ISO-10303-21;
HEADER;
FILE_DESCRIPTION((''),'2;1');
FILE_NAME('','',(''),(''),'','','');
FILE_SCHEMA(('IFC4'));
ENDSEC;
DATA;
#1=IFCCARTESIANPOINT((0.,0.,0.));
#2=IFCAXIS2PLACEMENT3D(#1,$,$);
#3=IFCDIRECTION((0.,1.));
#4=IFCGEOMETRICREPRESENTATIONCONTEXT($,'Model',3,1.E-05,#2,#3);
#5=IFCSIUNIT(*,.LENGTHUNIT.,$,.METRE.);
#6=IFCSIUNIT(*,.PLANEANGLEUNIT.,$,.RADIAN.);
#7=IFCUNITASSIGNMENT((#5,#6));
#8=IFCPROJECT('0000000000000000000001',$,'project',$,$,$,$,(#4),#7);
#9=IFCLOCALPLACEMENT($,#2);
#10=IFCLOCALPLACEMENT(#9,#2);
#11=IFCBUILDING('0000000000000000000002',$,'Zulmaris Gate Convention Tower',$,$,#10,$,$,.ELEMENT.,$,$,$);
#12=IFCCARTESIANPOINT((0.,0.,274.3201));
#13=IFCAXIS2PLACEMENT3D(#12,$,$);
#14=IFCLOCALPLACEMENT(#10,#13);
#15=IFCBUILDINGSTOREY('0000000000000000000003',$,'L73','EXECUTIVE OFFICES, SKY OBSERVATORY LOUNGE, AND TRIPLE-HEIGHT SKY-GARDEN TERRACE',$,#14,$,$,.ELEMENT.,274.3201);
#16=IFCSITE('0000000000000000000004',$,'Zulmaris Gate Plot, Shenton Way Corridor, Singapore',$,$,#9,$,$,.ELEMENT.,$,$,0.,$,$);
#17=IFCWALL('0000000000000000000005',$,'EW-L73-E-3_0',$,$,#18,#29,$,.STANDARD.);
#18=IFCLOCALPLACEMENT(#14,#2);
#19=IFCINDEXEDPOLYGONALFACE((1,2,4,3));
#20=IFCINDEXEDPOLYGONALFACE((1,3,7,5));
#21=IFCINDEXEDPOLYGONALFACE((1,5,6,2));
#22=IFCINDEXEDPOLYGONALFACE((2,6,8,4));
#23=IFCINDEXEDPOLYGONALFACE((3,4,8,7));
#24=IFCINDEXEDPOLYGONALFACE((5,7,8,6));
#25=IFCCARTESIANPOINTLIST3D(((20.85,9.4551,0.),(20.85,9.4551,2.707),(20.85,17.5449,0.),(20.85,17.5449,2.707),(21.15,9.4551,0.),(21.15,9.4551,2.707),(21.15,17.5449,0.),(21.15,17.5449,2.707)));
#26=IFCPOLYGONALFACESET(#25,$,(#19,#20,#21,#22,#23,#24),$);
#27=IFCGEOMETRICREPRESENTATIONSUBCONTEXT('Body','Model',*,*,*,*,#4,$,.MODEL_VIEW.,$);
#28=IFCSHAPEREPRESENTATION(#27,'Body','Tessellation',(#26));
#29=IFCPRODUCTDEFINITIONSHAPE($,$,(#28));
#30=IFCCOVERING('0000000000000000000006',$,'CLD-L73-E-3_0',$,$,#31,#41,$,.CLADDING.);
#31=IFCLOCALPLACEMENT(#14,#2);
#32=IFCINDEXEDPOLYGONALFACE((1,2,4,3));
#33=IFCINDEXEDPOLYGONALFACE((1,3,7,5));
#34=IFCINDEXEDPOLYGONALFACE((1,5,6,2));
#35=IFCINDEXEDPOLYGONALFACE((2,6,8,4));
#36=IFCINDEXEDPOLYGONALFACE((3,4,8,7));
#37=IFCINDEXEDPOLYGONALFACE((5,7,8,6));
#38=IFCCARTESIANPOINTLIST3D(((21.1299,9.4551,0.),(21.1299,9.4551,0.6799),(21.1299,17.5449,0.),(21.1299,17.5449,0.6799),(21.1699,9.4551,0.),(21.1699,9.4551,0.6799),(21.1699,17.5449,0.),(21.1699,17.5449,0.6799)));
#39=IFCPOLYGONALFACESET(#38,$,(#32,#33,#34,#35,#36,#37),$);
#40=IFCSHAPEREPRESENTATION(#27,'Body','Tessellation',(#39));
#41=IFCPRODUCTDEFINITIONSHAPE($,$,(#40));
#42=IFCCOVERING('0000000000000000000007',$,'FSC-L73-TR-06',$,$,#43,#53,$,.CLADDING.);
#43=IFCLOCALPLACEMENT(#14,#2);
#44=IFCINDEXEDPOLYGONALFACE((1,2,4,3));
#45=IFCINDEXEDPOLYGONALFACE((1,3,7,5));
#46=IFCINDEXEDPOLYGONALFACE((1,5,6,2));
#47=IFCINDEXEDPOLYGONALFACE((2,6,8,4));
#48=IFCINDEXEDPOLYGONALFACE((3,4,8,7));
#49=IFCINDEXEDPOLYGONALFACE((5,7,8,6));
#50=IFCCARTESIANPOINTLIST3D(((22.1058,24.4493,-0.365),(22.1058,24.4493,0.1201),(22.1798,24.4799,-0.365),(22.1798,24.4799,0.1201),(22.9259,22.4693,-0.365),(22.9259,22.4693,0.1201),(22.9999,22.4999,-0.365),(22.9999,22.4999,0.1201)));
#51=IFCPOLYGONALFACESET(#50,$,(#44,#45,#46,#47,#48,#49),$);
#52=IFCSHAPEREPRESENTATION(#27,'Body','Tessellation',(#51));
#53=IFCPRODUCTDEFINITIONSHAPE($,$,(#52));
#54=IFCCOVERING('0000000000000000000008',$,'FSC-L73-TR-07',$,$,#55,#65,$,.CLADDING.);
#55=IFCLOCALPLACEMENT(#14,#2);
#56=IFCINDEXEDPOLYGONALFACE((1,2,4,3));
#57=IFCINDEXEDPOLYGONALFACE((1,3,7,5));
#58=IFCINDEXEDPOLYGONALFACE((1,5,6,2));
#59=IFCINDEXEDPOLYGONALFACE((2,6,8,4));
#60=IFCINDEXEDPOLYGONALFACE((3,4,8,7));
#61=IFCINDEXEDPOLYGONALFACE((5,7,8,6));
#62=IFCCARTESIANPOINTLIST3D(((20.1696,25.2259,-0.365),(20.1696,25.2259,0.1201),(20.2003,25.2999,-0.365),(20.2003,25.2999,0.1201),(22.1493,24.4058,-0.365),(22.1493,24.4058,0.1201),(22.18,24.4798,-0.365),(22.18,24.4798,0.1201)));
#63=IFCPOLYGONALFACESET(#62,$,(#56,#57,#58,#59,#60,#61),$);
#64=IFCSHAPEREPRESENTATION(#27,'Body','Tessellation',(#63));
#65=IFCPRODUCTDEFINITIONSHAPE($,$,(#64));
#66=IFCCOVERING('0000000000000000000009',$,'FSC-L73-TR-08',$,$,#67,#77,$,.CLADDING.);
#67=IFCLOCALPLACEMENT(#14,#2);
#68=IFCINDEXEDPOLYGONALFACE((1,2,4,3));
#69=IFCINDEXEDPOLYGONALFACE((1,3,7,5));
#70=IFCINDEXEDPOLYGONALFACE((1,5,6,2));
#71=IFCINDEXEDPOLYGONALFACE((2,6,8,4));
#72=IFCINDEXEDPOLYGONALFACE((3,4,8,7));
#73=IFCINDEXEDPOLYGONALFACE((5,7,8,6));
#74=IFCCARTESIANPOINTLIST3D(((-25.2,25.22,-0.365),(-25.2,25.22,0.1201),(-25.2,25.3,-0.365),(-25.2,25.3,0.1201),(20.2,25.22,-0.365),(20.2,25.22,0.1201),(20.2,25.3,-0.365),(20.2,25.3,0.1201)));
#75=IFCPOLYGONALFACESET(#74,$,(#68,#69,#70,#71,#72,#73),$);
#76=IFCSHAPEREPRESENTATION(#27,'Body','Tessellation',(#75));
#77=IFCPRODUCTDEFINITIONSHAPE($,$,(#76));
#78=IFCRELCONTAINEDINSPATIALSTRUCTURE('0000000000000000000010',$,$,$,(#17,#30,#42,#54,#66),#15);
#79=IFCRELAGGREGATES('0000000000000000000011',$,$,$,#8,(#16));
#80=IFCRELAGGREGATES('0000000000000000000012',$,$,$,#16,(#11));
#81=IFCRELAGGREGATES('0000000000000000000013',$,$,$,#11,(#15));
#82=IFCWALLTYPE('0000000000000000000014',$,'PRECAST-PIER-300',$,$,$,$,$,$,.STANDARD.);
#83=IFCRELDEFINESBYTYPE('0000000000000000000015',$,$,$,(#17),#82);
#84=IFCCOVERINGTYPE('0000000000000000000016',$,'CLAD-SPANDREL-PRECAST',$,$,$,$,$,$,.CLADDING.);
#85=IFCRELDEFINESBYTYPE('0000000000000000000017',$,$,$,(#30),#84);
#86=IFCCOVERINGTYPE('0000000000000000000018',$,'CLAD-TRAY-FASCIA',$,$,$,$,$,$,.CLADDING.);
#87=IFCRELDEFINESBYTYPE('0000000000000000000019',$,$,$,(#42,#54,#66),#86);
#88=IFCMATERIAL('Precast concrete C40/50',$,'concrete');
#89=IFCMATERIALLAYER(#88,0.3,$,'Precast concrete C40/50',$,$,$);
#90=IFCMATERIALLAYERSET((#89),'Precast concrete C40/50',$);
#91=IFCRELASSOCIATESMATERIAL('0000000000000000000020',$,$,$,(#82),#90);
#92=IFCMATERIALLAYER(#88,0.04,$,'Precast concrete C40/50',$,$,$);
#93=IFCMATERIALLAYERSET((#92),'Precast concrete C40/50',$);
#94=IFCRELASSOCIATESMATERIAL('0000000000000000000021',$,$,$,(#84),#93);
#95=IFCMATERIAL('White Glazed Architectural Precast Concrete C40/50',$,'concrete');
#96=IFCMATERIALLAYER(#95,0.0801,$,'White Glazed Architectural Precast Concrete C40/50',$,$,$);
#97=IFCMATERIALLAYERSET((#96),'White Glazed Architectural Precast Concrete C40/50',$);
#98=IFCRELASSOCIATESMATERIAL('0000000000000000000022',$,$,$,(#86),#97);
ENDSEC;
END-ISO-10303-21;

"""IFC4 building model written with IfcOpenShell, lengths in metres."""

from ifc_helpers import new_model, si_unit, direction, frame, frame_2d, origin, place, context, subcontext, project, spatial, rectangle, extrude, material, layer, layer_set, type_object, element, save


model = new_model("IFC4")

# Units and contexts
model_context = context("Model", 3, precision=1e-05, world=origin(), true_north=direction((0.0, 1.0)))
body_context = subcontext(model_context, "Body", "Model", "MODEL_VIEW")
ifc_project = project(units=[si_unit("LENGTHUNIT", "METRE"), si_unit("PLANEANGLEUNIT", "RADIAN")], contexts=[model_context])

# Site, building, storey
site_placement = place(None, origin())
site = spatial("IfcSite", under=ifc_project, at=site_placement, Name="Zulmaris Gate Plot, Shenton Way Corridor, Singapore", CompositionType="ELEMENT", RefElevation=0.0)
building_placement = place(site_placement, origin())
building = spatial("IfcBuilding", under=site, at=building_placement, Name="Zulmaris Gate Convention Tower", CompositionType="ELEMENT")
storey_placement = place(building_placement, frame((0.0, 0.0, 274.3201)))
storey = spatial("IfcBuildingStorey", under=building, at=storey_placement, Name="L73", Description="EXECUTIVE OFFICES, SKY OBSERVATORY LOUNGE, AND TRIPLE-HEIGHT SKY-GARDEN TERRACE", CompositionType="ELEMENT", Elevation=274.3201)

# Shared definitions
ifc_material_1 = material(Name="Precast concrete C40/50", Category="concrete")
ifc_layer_1 = layer(ifc_material_1, 0.3, Name="Precast concrete C40/50")
ifc_layer_set_1 = layer_set([ifc_layer_1], Name="Precast concrete C40/50")
wall_type_1 = type_object("IfcWallType", Name="PRECAST-PIER-300", PredefinedType="STANDARD", material=ifc_layer_set_1)

# Wall
wall_1_placement = place(storey_placement, frame((21.0, 9.4551, 0.0), z_axis=(0.0, 0.0, 1.0), x_axis=(0.0, 1.0, 0.0)))
element("IfcWall", 1, at=wall_1_placement, inside=storey, type_object=wall_type_1, Name="EW-L73-E-3_0", PredefinedType="STANDARD", context=body_context, shape_type="SweptSolid", body=[
    extrude(rectangle(XDim=8.0898, YDim=0.3, at=frame_2d((4.0449, 0.0))), origin(), (0.0, 0.0, 1.0), 2.707),
])

# Coverings
ifc_layer_2 = layer(ifc_material_1, 0.04, Name="Precast concrete C40/50")
ifc_layer_set_2 = layer_set([ifc_layer_2], Name="Precast concrete C40/50")
covering_type_1 = type_object("IfcCoveringType", Name="CLAD-SPANDREL-PRECAST", PredefinedType="CLADDING", material=ifc_layer_set_2)
covering_1_placement = place(storey_placement, frame((21.1499, 9.4551, 0.0), z_axis=(0.0, 0.0, 1.0), x_axis=(0.0, 1.0, 0.0)))
element("IfcCovering", 2, at=covering_1_placement, inside=storey, type_object=covering_type_1, Name="CLD-L73-E-3_0", PredefinedType="CLADDING", context=body_context, shape_type="SweptSolid", body=[
    extrude(rectangle(XDim=8.0898, YDim=0.04, at=frame_2d((4.0449, 0.0))), origin(), (0.0, 0.0, 1.0), 0.6799),
])
ifc_material_2 = material(Name="White Glazed Architectural Precast Concrete C40/50", Category="concrete")
ifc_layer_3 = layer(ifc_material_2, 0.0801, Name="White Glazed Architectural Precast Concrete C40/50")
ifc_layer_set_3 = layer_set([ifc_layer_3], Name="White Glazed Architectural Precast Concrete C40/50")
covering_type_2 = type_object("IfcCoveringType", Name="CLAD-TRAY-FASCIA", PredefinedType="CLADDING", material=ifc_layer_set_3)
covering_2_placement = place(storey_placement, frame((22.9629, 22.4846, -0.365), z_axis=(0.0, 0.0, 1.0), x_axis=(-0.382657, 0.92389, 0.0)))
element("IfcCovering", 3, at=covering_2_placement, inside=storey, type_object=covering_type_2, Name="FSC-L73-TR-06", PredefinedType="CLADDING", context=body_context, shape_type="SweptSolid", body=[
    extrude(rectangle(XDim=2.1431, YDim=0.0801, at=frame_2d((1.0715, 0.0))), origin(), (0.0, 0.0, 1.0), 0.4851),
])
covering_3_placement = place(storey_placement, frame((22.1646, 24.4429, -0.365), z_axis=(0.0, 0.0, 1.0), x_axis=(-0.923874, 0.382697, 0.0)))
element("IfcCovering", 4, at=covering_3_placement, inside=storey, type_object=covering_type_2, Name="FSC-L73-TR-07", PredefinedType="CLADDING", context=body_context, shape_type="SweptSolid", body=[
    extrude(rectangle(XDim=2.1428, YDim=0.0801, at=frame_2d((1.0713, 0.0))), origin(), (0.0, 0.0, 1.0), 0.4851),
])
covering_4_placement = place(storey_placement, frame((20.2, 25.26, -0.365), z_axis=(0.0, 0.0, 1.0), x_axis=(-1.0, 0.0, 0.0)))
element("IfcCovering", 5, at=covering_4_placement, inside=storey, type_object=covering_type_2, Name="FSC-L73-TR-08", PredefinedType="CLADDING", context=body_context, shape_type="SweptSolid", body=[
    extrude(rectangle(XDim=45.3999, YDim=0.0801, at=frame_2d((22.7, 0.0))), origin(), (0.0, 0.0, 1.0), 0.4851),
])

save(model, "model.ifc")
